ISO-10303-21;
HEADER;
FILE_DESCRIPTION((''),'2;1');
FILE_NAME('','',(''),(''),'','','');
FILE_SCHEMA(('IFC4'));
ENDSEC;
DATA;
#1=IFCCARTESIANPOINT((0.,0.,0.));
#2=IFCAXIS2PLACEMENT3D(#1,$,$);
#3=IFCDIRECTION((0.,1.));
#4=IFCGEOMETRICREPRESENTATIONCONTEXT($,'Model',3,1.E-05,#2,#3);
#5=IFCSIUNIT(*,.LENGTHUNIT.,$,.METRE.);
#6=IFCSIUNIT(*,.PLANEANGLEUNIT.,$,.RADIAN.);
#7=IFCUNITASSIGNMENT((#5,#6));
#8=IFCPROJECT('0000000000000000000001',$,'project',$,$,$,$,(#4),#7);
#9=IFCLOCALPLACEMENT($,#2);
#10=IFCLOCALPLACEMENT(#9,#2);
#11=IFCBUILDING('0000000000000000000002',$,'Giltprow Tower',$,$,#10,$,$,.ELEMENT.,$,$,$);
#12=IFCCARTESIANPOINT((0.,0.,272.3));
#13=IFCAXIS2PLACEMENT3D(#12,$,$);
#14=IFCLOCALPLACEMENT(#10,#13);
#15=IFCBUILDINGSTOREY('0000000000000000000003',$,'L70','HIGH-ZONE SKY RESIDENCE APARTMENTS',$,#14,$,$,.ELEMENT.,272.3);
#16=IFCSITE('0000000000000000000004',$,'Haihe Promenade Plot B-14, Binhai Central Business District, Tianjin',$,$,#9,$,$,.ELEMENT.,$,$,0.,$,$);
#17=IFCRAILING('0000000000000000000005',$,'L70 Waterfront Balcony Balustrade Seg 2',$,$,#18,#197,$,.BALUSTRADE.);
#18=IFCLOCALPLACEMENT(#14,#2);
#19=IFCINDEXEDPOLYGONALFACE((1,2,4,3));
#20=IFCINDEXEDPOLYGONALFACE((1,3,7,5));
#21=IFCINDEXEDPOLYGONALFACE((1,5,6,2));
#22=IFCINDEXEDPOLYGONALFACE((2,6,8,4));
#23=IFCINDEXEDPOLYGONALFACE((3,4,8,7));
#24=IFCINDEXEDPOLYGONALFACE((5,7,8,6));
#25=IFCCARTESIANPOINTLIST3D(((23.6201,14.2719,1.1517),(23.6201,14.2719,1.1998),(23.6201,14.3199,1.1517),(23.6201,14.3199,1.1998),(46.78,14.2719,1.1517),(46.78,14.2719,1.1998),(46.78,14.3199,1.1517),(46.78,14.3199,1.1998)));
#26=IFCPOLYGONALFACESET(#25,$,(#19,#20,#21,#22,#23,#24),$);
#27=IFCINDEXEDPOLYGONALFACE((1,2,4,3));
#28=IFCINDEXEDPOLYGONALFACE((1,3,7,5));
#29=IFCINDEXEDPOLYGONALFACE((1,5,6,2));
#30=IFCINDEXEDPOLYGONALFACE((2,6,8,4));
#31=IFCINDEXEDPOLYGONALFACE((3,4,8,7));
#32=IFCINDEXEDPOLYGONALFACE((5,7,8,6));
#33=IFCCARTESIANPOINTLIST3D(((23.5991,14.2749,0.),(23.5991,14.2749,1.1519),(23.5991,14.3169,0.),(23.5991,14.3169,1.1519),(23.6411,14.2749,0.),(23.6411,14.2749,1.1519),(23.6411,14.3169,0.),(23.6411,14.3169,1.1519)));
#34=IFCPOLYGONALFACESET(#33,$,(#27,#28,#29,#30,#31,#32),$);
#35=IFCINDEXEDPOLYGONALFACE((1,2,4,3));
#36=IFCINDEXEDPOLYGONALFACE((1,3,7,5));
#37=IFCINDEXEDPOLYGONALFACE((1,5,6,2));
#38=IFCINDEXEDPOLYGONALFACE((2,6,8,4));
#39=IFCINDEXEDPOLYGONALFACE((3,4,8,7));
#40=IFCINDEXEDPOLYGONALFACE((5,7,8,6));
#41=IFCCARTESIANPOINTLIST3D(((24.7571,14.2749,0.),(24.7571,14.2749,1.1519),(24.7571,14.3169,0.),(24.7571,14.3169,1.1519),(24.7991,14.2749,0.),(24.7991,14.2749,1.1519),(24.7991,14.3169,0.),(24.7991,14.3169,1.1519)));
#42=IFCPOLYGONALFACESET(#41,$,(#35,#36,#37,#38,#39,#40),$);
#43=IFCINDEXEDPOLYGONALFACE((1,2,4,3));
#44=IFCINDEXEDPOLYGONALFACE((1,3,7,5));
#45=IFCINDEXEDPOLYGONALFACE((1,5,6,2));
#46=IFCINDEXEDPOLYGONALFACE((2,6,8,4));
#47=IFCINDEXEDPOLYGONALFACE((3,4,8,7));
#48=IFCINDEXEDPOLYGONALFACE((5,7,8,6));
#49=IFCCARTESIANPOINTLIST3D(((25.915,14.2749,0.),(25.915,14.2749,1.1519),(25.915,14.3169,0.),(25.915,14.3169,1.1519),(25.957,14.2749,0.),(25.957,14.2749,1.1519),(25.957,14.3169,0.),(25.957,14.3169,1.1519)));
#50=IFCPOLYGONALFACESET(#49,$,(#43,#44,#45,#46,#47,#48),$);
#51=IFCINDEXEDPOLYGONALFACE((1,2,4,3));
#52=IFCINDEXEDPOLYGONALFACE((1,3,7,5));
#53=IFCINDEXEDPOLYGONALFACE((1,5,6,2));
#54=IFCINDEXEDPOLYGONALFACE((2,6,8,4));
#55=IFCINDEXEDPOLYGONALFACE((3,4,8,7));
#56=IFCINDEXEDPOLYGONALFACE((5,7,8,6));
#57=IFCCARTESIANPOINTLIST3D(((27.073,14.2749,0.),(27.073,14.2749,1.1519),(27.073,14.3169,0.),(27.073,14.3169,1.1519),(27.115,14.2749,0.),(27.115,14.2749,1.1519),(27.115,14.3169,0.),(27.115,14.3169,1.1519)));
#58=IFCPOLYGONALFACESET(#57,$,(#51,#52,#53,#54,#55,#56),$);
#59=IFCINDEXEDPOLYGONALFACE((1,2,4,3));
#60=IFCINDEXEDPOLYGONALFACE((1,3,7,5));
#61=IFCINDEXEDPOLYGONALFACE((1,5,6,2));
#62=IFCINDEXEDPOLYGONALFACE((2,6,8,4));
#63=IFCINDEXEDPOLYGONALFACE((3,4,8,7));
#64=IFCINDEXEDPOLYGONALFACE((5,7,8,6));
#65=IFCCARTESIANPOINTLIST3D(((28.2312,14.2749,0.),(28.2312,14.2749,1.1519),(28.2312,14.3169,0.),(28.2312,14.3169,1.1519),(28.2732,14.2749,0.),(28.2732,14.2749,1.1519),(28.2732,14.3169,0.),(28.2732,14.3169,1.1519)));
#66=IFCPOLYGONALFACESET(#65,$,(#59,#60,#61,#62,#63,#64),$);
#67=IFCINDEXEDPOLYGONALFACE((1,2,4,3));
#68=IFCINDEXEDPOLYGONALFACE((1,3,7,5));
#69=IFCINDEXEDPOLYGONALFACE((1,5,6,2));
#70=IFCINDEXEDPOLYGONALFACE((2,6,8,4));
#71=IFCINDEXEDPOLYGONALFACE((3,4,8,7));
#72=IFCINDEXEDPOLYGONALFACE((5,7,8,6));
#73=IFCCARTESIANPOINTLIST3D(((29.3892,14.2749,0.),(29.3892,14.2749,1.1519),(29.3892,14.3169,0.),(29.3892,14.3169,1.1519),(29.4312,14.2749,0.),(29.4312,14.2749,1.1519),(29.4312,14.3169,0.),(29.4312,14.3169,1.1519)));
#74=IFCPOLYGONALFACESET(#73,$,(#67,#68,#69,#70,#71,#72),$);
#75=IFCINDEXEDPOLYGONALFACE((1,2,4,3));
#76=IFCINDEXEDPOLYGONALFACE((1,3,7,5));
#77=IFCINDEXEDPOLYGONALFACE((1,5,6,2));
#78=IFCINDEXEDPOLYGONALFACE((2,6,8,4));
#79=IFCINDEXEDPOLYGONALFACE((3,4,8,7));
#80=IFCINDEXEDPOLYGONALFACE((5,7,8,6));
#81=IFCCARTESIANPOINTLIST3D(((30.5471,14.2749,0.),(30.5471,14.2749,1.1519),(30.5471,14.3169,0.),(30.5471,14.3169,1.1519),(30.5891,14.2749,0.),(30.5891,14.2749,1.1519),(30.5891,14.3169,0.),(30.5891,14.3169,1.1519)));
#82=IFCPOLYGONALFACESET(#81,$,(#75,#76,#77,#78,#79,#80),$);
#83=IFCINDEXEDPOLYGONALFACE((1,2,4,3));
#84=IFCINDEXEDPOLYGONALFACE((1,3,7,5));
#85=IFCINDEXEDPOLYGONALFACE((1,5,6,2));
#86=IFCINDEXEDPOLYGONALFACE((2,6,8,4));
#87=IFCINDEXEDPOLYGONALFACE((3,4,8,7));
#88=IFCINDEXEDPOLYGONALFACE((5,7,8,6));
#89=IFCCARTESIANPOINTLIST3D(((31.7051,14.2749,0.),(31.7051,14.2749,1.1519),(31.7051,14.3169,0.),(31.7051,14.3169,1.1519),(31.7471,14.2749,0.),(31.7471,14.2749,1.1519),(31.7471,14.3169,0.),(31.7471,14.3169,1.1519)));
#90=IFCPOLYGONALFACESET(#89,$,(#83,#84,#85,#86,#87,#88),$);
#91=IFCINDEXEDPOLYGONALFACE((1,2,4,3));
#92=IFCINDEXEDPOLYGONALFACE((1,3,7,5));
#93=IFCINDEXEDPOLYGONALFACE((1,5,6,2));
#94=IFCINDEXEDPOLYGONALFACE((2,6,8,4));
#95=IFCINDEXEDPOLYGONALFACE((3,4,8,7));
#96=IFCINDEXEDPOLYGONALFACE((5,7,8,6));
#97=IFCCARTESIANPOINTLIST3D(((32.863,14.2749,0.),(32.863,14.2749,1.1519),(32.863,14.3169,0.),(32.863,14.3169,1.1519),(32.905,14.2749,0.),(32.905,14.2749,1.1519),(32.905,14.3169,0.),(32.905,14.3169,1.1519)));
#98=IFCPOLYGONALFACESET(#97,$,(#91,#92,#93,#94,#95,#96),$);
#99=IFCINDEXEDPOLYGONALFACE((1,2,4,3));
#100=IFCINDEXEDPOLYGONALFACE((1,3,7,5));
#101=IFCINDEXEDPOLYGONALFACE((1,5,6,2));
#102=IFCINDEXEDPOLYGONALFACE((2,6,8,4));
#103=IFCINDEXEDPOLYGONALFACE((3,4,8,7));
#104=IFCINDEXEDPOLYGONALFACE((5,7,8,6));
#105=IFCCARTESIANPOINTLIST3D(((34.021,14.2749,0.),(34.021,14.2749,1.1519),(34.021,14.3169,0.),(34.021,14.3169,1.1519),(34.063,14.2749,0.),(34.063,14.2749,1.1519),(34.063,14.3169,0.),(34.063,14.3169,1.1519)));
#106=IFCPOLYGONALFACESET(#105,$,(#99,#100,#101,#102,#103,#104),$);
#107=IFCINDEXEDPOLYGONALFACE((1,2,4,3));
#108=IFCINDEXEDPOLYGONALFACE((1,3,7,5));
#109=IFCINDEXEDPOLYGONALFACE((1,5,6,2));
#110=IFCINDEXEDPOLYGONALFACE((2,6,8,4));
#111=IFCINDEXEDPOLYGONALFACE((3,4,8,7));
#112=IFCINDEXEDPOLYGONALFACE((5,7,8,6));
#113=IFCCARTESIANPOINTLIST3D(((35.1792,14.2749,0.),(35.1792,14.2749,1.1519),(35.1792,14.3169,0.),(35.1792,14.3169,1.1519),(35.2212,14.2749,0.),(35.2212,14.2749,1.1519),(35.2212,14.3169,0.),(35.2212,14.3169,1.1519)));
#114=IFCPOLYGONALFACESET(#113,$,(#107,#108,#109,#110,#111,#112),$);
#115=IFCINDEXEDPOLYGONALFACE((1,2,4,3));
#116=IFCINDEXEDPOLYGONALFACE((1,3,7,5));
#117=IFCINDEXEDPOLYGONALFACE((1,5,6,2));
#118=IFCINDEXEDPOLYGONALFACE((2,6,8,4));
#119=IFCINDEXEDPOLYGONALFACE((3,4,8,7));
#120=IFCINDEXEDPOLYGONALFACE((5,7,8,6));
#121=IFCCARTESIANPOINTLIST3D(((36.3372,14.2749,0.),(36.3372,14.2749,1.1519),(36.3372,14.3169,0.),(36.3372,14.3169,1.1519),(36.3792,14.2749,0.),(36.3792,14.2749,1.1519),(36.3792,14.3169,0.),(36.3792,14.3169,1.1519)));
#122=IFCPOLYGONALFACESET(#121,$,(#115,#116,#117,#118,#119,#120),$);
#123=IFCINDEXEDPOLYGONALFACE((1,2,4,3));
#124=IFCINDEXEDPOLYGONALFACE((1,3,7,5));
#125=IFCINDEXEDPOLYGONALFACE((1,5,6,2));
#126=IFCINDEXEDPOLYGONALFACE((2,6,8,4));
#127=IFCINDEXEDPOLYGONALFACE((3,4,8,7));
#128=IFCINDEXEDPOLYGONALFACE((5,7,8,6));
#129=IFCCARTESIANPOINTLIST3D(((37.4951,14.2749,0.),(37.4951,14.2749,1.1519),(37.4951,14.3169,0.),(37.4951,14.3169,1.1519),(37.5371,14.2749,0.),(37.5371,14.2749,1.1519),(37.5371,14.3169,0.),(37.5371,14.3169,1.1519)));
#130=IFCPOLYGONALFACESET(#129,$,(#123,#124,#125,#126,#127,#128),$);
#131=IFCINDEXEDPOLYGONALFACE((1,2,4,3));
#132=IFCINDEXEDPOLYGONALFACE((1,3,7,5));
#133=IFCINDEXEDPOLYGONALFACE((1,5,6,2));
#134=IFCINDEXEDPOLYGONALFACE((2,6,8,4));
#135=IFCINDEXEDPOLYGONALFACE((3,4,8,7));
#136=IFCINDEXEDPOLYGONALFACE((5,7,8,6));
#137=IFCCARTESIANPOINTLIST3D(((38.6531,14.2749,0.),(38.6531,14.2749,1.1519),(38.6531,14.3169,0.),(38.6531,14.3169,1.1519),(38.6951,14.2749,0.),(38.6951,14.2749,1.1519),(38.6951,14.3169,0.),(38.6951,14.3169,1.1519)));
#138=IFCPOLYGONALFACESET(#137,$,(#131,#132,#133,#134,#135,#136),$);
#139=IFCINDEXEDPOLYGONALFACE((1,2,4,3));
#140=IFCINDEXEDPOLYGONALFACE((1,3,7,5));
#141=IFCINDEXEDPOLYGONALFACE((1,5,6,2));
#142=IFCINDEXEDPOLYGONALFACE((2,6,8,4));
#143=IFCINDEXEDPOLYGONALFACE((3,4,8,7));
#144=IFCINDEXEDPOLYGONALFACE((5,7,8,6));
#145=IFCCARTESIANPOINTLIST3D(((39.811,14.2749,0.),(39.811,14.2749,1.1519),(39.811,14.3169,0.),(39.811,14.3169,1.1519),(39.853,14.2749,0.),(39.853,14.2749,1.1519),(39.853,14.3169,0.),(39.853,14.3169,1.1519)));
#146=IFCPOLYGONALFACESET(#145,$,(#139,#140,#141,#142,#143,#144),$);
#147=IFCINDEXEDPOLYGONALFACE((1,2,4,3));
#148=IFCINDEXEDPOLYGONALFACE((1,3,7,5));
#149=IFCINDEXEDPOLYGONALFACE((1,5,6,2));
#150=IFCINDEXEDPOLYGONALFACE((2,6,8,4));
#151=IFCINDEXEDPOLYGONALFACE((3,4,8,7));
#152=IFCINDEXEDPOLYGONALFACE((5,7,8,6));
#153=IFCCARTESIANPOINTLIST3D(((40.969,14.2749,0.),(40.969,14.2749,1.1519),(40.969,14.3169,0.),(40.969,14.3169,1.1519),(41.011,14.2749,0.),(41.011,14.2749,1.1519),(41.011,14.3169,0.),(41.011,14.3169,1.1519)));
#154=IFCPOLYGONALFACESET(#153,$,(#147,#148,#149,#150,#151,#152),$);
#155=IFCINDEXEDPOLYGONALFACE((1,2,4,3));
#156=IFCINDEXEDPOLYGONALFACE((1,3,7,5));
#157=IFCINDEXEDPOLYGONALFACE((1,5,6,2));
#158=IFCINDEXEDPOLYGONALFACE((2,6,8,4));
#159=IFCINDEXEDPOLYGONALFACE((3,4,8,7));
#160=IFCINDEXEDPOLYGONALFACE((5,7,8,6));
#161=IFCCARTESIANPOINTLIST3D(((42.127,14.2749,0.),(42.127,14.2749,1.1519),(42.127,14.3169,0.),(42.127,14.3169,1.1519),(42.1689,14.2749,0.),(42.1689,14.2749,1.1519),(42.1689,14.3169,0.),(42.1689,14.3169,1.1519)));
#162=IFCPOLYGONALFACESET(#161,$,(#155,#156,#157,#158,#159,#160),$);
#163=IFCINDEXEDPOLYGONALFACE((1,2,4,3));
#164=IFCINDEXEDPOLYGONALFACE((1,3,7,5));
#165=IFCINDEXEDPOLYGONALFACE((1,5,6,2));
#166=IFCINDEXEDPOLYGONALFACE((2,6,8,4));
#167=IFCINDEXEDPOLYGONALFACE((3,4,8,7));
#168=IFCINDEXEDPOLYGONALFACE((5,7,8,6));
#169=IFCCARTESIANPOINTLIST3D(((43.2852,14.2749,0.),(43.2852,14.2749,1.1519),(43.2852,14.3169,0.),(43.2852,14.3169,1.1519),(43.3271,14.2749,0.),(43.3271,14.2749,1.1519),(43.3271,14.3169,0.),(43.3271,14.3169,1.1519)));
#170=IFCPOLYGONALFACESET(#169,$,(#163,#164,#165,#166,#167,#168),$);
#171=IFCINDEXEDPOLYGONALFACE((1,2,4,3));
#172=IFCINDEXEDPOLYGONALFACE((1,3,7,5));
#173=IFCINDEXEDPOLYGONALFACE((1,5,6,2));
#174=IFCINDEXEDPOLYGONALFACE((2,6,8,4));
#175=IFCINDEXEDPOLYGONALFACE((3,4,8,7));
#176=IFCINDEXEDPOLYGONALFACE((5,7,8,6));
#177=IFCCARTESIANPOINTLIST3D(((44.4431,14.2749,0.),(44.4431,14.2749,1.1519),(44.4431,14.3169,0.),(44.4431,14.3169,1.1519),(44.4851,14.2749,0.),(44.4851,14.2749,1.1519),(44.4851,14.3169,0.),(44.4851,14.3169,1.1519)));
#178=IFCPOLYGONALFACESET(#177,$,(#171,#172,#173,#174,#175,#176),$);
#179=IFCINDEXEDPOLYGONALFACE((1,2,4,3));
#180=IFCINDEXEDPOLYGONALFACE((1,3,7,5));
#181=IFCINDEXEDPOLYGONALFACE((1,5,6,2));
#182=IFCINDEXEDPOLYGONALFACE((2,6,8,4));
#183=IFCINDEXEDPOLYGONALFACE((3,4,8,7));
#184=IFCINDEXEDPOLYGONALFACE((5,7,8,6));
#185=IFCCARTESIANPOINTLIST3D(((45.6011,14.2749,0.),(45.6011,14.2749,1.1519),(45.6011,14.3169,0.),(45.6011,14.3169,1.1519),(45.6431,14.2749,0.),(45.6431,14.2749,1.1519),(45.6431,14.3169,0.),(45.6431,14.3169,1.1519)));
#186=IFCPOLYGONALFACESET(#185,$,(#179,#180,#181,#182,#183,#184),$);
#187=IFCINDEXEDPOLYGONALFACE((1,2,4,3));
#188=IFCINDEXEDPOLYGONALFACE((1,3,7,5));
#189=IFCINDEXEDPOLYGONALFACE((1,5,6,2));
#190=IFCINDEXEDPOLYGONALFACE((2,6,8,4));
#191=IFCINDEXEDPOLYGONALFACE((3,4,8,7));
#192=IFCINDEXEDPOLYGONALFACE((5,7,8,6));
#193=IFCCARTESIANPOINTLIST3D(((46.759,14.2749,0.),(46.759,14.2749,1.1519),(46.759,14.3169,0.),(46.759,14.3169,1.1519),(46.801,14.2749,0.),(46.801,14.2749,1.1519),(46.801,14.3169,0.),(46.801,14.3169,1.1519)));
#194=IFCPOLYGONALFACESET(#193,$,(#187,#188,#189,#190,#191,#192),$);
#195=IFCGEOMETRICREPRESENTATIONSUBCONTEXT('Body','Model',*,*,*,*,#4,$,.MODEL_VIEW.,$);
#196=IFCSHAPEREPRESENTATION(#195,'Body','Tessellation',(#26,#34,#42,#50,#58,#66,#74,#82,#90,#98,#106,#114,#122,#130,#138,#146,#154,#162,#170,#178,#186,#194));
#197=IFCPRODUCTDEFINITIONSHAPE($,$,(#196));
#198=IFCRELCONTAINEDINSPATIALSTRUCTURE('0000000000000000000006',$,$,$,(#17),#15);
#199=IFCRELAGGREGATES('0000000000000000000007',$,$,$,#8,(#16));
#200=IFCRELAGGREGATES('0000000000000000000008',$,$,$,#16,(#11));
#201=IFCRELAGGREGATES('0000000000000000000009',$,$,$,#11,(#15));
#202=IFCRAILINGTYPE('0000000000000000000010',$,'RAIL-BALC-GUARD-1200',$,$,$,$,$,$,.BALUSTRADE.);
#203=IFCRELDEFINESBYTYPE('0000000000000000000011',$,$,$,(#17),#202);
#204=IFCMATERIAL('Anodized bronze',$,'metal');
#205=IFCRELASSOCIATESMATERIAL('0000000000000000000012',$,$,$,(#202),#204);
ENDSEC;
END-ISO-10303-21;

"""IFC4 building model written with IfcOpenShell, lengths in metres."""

from ifc_helpers import new_model, si_unit, direction, frame, origin, origin_2d, place, context, subcontext, project, spatial, rectangle, extrude, material, type_object, element, save


model = new_model("IFC4")

# Units and contexts
model_context = context("Model", 3, precision=1e-05, world=origin(), true_north=direction((0.0, 1.0)))
body_context = subcontext(model_context, "Body", "Model", "MODEL_VIEW")
ifc_project = project(units=[si_unit("LENGTHUNIT", "METRE"), si_unit("PLANEANGLEUNIT", "RADIAN")], contexts=[model_context])

# Site, building, storey
site_placement = place(None, origin())
site = spatial("IfcSite", under=ifc_project, at=site_placement, Name="Haihe Promenade Plot B-14, Binhai Central Business District, Tianjin", CompositionType="ELEMENT", RefElevation=0.0)
building_placement = place(site_placement, origin())
building = spatial("IfcBuilding", under=site, at=building_placement, Name="Giltprow Tower", CompositionType="ELEMENT")
storey_placement = place(building_placement, frame((0.0, 0.0, 272.3)))
storey = spatial("IfcBuildingStorey", under=building, at=storey_placement, Name="L70", Description="HIGH-ZONE SKY RESIDENCE APARTMENTS", CompositionType="ELEMENT", Elevation=272.3)

# Shared definitions
ifc_material_1 = material(Name="Anodized bronze", Category="metal")

# Railing
railing_type = type_object("IfcRailingType", Name="RAIL-BALC-GUARD-1200", PredefinedType="BALUSTRADE", material=ifc_material_1)
railing_1_placement = place(storey_placement, frame((23.6201, 14.2959, 0.0)))
element("IfcRailing", 1, at=railing_1_placement, inside=storey, type_object=railing_type, Name="L70 Waterfront Balcony Balustrade Seg 2", PredefinedType="BALUSTRADE", context=body_context, shape_type="SweptSolid", body=[
    extrude(rectangle(XDim=0.0481, YDim=0.0481, at=origin_2d()), frame((0.0, 0.0, 1.1758), z_axis=(1.0, 0.0, 0.0), x_axis=(0.0, 1.0, 0.0)), (0.0, 0.0, 1.0), 23.1599),
    extrude(rectangle(XDim=0.042, YDim=0.042, at=origin_2d()), origin(), (0.0, 0.0, 1.0), 1.1519),
    extrude(rectangle(XDim=0.042, YDim=0.042, at=origin_2d()), frame((1.158, 0.0, 0.0)), (0.0, 0.0, 1.0), 1.1519),
    extrude(rectangle(XDim=0.042, YDim=0.042, at=origin_2d()), frame((2.3159, 0.0, 0.0)), (0.0, 0.0, 1.0), 1.1519),
    extrude(rectangle(XDim=0.042, YDim=0.042, at=origin_2d()), frame((3.4739, 0.0, 0.0)), (0.0, 0.0, 1.0), 1.1519),
    extrude(rectangle(XDim=0.042, YDim=0.042, at=origin_2d()), frame((4.6321, 0.0, 0.0)), (0.0, 0.0, 1.0), 1.1519),
    extrude(rectangle(XDim=0.042, YDim=0.042, at=origin_2d()), frame((5.79, 0.0, 0.0)), (0.0, 0.0, 1.0), 1.1519),
    extrude(rectangle(XDim=0.042, YDim=0.042, at=origin_2d()), frame((6.948, 0.0, 0.0)), (0.0, 0.0, 1.0), 1.1519),
    extrude(rectangle(XDim=0.042, YDim=0.042, at=origin_2d()), frame((8.106, 0.0, 0.0)), (0.0, 0.0, 1.0), 1.1519),
    extrude(rectangle(XDim=0.042, YDim=0.042, at=origin_2d()), frame((9.2639, 0.0, 0.0)), (0.0, 0.0, 1.0), 1.1519),
    extrude(rectangle(XDim=0.042, YDim=0.042, at=origin_2d()), frame((10.4219, 0.0, 0.0)), (0.0, 0.0, 1.0), 1.1519),
    extrude(rectangle(XDim=0.042, YDim=0.042, at=origin_2d()), frame((11.5801, 0.0, 0.0)), (0.0, 0.0, 1.0), 1.1519),
    extrude(rectangle(XDim=0.042, YDim=0.042, at=origin_2d()), frame((12.738, 0.0, 0.0)), (0.0, 0.0, 1.0), 1.1519),
    extrude(rectangle(XDim=0.042, YDim=0.042, at=origin_2d()), frame((13.896, 0.0, 0.0)), (0.0, 0.0, 1.0), 1.1519),
    extrude(rectangle(XDim=0.042, YDim=0.042, at=origin_2d()), frame((15.054, 0.0, 0.0)), (0.0, 0.0, 1.0), 1.1519),
    extrude(rectangle(XDim=0.042, YDim=0.042, at=origin_2d()), frame((16.2119, 0.0, 0.0)), (0.0, 0.0, 1.0), 1.1519),
    extrude(rectangle(XDim=0.042, YDim=0.042, at=origin_2d()), frame((17.3699, 0.0, 0.0)), (0.0, 0.0, 1.0), 1.1519),
    extrude(rectangle(XDim=0.042, YDim=0.042, at=origin_2d()), frame((18.5278, 0.0, 0.0)), (0.0, 0.0, 1.0), 1.1519),
    extrude(rectangle(XDim=0.042, YDim=0.042, at=origin_2d()), frame((19.686, 0.0, 0.0)), (0.0, 0.0, 1.0), 1.1519),
    extrude(rectangle(XDim=0.042, YDim=0.042, at=origin_2d()), frame((20.844, 0.0, 0.0)), (0.0, 0.0, 1.0), 1.1519),
    extrude(rectangle(XDim=0.042, YDim=0.042, at=origin_2d()), frame((22.002, 0.0, 0.0)), (0.0, 0.0, 1.0), 1.1519),
    extrude(rectangle(XDim=0.042, YDim=0.042, at=origin_2d()), frame((23.1599, 0.0, 0.0)), (0.0, 0.0, 1.0), 1.1519),
])

save(model, "model.ifc")
